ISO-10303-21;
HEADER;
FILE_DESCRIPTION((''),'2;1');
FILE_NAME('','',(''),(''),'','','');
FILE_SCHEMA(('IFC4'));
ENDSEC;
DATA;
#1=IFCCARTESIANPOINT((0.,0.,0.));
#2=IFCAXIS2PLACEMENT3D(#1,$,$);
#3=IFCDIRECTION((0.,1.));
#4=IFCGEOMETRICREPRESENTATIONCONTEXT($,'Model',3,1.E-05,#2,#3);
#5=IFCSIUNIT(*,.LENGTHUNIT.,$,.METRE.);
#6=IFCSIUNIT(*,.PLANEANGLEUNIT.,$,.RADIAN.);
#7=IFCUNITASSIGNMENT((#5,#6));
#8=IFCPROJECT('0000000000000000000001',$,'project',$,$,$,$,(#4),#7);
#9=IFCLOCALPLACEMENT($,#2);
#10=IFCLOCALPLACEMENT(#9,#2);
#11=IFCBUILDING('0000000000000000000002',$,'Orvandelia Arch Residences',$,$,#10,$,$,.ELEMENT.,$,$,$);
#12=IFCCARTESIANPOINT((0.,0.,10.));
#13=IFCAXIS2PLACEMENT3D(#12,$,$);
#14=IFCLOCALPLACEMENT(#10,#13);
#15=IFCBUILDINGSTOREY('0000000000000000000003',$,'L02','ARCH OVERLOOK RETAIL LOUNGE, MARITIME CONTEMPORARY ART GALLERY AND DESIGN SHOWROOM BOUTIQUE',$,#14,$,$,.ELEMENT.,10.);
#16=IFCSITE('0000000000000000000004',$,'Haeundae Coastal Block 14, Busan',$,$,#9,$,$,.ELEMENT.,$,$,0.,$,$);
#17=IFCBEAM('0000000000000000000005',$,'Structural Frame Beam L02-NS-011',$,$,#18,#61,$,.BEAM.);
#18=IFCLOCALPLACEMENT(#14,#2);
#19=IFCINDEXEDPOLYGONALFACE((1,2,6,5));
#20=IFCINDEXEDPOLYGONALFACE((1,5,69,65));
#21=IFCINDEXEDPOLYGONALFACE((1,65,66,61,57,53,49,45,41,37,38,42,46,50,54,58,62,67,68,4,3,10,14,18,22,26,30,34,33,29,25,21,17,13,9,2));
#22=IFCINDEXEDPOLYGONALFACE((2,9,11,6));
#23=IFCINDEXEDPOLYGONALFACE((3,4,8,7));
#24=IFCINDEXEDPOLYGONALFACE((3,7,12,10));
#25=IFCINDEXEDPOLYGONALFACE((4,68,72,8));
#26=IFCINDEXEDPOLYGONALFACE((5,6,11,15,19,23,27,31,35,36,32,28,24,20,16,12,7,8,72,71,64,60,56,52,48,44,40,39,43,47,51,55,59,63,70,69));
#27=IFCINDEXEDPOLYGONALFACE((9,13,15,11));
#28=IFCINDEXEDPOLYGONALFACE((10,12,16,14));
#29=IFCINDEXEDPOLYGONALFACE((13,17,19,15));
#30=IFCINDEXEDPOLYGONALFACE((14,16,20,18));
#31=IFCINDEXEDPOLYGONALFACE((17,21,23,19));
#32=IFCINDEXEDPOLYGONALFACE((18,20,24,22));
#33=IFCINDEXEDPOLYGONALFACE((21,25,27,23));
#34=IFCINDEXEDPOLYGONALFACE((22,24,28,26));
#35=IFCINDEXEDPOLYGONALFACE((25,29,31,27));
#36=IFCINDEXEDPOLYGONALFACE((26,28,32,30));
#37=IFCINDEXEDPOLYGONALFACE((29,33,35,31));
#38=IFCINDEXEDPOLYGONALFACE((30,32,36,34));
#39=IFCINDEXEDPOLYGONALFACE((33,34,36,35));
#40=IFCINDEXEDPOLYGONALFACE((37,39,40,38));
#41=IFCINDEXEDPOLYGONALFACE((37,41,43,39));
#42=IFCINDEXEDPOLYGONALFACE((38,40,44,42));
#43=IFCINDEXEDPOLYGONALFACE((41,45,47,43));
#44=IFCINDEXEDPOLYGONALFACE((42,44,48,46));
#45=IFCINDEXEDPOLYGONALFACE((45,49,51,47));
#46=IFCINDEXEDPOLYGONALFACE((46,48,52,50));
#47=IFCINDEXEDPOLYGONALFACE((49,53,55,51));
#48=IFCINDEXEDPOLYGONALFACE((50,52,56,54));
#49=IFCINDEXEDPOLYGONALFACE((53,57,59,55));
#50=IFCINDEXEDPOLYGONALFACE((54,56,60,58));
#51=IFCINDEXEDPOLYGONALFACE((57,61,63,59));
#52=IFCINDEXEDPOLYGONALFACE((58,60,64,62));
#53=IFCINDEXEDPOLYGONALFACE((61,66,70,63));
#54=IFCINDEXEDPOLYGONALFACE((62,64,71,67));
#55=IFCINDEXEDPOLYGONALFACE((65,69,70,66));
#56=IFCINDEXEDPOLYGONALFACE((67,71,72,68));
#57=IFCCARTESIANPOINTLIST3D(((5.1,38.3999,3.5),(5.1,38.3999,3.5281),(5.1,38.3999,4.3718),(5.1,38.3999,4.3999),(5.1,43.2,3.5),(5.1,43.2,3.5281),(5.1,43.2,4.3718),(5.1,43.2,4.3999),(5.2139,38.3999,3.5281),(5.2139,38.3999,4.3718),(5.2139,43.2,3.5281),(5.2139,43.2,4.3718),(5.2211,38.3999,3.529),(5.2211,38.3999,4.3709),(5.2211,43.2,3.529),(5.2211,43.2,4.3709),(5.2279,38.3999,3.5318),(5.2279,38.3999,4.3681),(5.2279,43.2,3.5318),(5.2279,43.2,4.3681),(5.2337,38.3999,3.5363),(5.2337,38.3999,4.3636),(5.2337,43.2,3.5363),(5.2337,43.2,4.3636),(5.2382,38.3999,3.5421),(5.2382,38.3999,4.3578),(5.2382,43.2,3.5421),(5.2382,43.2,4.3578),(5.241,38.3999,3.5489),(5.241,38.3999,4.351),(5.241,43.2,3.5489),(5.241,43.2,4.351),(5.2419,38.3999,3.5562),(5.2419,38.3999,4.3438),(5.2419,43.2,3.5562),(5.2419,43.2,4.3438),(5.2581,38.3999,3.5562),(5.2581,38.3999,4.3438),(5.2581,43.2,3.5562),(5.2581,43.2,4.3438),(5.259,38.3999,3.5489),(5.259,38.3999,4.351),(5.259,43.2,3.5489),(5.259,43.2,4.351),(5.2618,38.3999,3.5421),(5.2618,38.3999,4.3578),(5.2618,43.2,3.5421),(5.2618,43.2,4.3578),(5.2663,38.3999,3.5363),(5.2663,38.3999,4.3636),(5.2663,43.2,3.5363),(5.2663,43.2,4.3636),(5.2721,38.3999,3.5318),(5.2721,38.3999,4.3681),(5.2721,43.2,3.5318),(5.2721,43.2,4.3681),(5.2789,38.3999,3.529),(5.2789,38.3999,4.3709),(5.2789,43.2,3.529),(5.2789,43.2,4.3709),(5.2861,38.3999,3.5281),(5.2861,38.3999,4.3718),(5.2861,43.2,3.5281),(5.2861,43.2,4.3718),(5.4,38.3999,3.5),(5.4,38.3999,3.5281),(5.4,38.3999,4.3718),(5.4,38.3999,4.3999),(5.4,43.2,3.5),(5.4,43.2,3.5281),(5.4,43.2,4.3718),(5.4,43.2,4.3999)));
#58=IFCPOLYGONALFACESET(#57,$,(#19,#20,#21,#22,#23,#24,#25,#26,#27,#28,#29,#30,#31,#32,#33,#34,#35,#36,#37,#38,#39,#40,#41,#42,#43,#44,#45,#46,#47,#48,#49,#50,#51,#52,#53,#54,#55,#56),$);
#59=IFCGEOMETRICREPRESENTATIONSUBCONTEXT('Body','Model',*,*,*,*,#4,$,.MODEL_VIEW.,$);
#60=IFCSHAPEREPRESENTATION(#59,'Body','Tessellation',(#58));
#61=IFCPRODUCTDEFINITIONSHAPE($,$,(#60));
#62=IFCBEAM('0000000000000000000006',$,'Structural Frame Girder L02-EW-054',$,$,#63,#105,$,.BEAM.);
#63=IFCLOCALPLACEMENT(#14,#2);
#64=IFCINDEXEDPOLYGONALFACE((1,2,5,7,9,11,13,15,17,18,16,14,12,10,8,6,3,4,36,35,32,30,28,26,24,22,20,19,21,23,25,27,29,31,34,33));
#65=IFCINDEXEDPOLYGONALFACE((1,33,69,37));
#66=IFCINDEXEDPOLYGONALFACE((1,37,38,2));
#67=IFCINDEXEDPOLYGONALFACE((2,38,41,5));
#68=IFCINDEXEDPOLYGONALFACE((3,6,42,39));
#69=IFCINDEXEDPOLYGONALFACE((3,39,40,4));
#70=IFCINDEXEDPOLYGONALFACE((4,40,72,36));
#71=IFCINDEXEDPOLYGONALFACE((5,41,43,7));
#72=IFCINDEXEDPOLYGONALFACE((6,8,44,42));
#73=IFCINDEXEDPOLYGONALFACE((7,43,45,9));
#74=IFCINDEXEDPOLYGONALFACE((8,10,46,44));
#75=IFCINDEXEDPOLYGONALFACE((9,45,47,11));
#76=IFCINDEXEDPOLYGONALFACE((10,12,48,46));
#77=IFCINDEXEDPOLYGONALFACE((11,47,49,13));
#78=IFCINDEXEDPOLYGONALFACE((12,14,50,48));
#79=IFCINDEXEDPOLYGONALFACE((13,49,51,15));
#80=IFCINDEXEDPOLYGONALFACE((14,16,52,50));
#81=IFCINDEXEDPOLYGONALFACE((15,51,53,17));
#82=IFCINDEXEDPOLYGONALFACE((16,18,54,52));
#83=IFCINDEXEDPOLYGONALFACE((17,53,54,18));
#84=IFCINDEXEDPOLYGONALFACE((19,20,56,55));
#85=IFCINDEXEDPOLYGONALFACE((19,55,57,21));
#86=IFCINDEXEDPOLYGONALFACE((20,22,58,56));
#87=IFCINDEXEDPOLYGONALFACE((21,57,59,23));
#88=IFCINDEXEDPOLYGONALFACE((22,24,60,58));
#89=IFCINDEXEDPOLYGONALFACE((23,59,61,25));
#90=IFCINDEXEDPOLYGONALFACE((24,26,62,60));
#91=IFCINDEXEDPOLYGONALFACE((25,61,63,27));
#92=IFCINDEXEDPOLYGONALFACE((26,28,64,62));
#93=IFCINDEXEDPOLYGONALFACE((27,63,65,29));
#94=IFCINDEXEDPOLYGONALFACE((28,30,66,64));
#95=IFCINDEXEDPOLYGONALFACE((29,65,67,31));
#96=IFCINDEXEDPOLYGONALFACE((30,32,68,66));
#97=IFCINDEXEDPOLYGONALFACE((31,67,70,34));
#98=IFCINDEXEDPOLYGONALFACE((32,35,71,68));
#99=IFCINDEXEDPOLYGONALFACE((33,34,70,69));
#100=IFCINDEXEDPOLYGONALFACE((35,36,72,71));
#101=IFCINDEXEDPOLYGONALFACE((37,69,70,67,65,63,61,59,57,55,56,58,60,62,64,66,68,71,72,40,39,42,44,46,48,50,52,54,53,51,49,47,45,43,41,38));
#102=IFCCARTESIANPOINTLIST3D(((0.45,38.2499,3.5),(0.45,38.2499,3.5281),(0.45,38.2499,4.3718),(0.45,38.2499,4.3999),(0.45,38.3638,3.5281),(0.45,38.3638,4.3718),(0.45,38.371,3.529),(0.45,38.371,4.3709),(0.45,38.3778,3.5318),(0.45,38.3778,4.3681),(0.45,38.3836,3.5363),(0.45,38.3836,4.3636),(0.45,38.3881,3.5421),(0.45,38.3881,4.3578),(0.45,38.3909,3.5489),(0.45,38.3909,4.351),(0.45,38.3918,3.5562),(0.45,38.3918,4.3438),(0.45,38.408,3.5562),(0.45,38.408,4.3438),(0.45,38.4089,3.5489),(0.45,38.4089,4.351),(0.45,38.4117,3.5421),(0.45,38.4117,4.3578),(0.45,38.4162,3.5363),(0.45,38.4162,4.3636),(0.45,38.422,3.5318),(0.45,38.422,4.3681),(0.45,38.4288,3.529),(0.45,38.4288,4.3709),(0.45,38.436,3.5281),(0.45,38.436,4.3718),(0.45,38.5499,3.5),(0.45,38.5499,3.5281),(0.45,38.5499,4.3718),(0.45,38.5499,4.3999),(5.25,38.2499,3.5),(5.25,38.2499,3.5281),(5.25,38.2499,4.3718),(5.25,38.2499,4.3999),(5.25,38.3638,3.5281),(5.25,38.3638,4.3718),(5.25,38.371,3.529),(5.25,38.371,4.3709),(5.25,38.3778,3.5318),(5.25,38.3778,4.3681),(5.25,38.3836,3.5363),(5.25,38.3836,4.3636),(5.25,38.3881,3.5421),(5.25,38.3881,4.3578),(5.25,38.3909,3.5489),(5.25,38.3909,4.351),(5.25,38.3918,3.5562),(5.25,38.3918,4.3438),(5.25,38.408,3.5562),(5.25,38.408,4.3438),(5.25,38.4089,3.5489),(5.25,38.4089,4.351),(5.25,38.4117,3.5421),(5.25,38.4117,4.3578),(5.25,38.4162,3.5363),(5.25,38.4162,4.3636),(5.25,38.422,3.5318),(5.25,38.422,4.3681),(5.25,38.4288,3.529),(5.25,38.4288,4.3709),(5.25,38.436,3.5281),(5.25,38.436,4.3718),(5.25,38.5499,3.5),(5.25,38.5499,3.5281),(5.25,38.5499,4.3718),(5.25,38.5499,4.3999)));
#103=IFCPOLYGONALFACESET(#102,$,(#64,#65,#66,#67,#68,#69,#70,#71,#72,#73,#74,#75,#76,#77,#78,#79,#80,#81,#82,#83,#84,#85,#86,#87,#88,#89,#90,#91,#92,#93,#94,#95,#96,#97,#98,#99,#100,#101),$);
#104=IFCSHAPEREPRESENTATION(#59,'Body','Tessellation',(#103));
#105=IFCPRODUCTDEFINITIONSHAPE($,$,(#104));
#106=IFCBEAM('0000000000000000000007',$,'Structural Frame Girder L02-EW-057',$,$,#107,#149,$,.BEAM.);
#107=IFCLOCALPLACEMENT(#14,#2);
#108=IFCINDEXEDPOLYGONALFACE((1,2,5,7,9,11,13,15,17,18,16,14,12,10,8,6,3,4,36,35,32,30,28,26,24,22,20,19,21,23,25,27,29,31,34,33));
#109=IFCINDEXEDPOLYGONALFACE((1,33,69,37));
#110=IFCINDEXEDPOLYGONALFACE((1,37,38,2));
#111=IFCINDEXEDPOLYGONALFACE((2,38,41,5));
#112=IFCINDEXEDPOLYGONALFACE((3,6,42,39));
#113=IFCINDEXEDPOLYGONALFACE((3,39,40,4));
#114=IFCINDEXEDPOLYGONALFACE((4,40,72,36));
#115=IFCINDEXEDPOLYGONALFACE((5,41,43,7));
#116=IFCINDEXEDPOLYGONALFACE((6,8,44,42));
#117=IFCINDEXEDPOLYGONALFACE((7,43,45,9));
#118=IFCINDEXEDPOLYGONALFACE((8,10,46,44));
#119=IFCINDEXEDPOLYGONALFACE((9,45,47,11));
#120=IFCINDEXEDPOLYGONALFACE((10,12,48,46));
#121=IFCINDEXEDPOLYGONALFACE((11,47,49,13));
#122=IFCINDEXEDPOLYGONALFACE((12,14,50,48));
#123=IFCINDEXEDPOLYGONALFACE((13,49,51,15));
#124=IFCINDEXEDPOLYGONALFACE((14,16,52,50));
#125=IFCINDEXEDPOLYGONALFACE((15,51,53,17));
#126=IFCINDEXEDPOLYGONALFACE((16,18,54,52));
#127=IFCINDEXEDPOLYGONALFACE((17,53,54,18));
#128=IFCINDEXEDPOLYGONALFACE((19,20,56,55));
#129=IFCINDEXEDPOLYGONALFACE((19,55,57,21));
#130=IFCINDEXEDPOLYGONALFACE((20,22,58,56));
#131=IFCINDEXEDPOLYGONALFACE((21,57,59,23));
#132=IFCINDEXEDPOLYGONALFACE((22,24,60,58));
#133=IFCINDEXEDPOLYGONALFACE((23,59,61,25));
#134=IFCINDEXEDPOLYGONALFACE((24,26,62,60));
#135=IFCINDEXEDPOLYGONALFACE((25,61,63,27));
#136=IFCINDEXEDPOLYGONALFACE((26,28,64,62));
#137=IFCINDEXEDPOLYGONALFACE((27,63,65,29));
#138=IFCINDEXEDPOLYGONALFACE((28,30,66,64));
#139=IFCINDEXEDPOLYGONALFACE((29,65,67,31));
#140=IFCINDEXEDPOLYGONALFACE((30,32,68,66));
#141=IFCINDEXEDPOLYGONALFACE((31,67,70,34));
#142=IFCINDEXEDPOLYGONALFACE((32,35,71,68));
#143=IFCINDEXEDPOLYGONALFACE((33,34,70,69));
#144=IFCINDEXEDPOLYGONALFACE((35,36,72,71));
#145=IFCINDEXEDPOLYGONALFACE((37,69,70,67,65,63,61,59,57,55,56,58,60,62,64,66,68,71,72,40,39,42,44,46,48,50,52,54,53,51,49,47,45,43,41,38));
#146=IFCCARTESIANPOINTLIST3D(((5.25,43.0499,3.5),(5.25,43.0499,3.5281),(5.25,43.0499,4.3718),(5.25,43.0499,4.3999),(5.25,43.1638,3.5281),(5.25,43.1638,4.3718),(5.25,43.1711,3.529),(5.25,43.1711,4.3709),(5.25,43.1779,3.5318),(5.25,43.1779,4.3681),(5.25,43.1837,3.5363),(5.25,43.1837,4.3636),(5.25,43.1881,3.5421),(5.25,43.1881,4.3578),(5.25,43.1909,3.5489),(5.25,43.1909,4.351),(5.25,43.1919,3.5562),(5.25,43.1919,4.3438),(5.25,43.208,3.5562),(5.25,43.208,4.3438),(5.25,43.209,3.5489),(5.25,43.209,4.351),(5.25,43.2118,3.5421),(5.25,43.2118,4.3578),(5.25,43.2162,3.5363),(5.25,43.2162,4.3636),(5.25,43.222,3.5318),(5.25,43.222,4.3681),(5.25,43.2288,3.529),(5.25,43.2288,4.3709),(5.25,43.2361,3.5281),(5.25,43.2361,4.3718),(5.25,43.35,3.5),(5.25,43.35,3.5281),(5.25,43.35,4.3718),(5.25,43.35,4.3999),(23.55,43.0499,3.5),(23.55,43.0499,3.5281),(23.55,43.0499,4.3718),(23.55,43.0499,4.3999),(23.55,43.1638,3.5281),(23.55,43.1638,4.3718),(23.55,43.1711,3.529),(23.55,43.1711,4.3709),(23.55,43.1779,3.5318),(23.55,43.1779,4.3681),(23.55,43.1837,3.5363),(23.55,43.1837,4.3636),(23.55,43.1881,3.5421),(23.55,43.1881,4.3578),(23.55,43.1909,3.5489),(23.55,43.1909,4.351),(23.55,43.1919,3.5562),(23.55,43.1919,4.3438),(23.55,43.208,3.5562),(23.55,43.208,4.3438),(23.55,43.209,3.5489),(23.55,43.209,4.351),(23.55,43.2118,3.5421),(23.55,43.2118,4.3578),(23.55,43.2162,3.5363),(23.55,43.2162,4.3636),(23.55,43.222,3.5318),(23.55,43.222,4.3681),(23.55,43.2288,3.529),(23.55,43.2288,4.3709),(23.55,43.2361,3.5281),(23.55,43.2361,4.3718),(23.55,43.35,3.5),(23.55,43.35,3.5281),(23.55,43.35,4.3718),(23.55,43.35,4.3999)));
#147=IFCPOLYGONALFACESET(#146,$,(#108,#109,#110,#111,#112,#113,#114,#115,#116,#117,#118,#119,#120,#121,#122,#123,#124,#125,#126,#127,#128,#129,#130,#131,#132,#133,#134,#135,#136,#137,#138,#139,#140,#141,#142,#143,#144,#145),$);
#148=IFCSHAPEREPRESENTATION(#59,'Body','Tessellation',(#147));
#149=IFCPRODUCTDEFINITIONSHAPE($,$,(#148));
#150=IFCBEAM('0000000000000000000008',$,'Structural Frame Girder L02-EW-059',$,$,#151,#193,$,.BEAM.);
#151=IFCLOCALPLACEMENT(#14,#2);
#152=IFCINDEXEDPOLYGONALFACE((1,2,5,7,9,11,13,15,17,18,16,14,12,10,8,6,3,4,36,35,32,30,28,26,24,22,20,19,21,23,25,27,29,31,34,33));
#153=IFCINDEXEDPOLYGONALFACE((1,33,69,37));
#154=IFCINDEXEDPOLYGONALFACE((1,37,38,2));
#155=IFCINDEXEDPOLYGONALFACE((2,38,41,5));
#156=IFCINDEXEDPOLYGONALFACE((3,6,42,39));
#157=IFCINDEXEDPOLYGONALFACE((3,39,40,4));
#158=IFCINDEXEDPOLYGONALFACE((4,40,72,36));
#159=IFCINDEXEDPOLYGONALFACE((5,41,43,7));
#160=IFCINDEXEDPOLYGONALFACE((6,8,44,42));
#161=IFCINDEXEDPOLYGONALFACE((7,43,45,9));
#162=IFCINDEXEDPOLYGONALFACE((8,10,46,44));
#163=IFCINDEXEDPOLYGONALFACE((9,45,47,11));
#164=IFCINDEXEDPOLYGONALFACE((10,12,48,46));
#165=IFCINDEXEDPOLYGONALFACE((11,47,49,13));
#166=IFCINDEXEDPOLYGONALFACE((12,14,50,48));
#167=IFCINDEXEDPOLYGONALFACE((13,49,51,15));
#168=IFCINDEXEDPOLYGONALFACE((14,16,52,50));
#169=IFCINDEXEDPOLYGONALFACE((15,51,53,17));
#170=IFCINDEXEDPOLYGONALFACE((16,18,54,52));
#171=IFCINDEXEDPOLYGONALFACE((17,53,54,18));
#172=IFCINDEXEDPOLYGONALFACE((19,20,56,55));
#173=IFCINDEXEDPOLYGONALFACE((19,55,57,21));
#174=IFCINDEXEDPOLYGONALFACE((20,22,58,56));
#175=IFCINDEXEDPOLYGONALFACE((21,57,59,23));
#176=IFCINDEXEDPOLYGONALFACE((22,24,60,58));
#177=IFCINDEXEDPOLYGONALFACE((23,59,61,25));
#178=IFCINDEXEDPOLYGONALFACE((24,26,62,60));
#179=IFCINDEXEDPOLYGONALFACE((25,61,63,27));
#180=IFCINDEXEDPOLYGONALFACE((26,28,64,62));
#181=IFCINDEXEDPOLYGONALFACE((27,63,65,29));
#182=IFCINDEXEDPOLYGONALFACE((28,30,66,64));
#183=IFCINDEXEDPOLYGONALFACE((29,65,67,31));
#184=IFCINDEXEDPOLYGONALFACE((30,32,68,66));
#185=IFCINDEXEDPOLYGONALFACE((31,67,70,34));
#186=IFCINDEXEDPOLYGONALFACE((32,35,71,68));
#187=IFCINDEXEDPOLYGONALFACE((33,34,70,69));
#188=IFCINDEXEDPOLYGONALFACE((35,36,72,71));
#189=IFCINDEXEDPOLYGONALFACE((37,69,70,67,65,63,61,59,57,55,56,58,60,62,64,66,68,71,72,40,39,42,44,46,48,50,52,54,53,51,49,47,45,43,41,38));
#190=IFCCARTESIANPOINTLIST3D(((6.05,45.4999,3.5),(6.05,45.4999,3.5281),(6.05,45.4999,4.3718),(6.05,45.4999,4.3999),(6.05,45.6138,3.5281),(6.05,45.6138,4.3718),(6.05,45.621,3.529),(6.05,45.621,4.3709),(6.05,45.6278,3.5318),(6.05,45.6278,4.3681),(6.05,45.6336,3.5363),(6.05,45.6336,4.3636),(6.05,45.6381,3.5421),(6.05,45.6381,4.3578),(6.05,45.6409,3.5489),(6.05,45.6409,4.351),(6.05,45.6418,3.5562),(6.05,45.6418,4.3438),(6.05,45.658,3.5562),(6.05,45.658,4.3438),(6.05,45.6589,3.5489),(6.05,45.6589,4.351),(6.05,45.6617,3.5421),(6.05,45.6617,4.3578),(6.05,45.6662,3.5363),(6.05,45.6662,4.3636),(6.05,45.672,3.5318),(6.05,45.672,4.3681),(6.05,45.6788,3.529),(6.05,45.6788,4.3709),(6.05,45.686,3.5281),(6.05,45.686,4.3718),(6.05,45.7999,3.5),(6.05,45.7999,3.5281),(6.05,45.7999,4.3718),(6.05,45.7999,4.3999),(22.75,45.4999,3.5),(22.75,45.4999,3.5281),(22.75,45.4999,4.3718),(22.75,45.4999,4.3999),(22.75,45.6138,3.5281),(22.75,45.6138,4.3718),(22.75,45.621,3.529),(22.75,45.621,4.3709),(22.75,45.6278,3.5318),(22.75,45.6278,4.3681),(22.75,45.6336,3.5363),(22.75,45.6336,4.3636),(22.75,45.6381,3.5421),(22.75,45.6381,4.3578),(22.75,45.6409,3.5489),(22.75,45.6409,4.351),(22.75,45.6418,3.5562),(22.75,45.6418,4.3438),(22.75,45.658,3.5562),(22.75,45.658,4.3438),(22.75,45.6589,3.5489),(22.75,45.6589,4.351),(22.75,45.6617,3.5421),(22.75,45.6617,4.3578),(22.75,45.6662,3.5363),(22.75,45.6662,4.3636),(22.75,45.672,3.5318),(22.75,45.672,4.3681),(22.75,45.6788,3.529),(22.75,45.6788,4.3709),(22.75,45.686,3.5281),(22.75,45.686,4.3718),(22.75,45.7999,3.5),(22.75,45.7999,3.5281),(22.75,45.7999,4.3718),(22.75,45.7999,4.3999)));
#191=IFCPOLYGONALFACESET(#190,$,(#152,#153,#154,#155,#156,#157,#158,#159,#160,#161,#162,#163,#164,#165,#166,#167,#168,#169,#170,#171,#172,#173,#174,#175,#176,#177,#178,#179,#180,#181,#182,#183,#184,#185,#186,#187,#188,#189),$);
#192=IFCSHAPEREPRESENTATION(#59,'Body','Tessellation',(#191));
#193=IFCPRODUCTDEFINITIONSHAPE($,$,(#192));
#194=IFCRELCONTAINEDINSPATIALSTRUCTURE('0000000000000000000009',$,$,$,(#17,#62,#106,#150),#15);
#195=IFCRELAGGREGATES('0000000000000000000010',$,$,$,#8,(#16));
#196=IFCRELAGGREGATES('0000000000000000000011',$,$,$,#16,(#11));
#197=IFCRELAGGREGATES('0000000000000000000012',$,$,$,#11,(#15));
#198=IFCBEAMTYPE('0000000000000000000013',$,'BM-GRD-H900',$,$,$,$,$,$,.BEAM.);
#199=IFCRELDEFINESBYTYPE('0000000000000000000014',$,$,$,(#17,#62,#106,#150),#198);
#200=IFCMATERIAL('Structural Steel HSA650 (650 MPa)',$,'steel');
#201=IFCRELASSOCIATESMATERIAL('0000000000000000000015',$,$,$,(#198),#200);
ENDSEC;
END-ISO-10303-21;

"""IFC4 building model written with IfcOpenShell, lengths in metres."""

from ifc_helpers import new_model, si_unit, direction, frame, origin, origin_2d, place, context, subcontext, project, spatial, i_section, extrude, material, material_profile, profile_set, type_object, element, save


model = new_model("IFC4")

# Units and contexts
model_context = context("Model", 3, precision=1e-05, world=origin(), true_north=direction((0.0, 1.0)))
body_context = subcontext(model_context, "Body", "Model", "MODEL_VIEW")
ifc_project = project(units=[si_unit("LENGTHUNIT", "METRE"), si_unit("PLANEANGLEUNIT", "RADIAN")], contexts=[model_context])

# Site, building, storey
site_placement = place(None, origin())
site = spatial("IfcSite", under=ifc_project, at=site_placement, Name="Haeundae Coastal Block 14, Busan", CompositionType="ELEMENT", RefElevation=0.0)
building_placement = place(site_placement, origin())
building = spatial("IfcBuilding", under=site, at=building_placement, Name="Orvandelia Arch Residences", CompositionType="ELEMENT")
storey_placement = place(building_placement, frame((0.0, 0.0, 10.0)))
storey = spatial("IfcBuildingStorey", under=building, at=storey_placement, Name="L02", Description="ARCH OVERLOOK RETAIL LOUNGE, MARITIME CONTEMPORARY ART GALLERY AND DESIGN SHOWROOM BOUTIQUE", CompositionType="ELEMENT", Elevation=10.0)

# Beams
ifc_material_1 = material(Name="Structural Steel HSA650 (650 MPa)", Category="steel")
ifc_material_profile_1 = material_profile(ifc_material_1, i_section(OverallWidth=0.3, OverallDepth=0.8999, WebThickness=0.0161, FlangeThickness=0.0281, FilletRadius=0.0281, at=origin_2d()), Name="Structural Steel HSA650 (650 MPa)", Category="steel")
ifc_profile_set_1 = profile_set([ifc_material_profile_1], Name="Structural Steel HSA650 (650 MPa)")
beam_type = type_object("IfcBeamType", Name="BM-GRD-H900", PredefinedType="BEAM", material=ifc_profile_set_1)
for number, where, z_axis, x_axis, name in (
    (1, (5.25, 38.3999, 3.95), (0.0, 1.0, 0.0), (-1.0, 0.0, 0.0), "Structural Frame Beam L02-NS-011"),
    (2, (0.45, 38.3999, 3.95), (1.0, 0.0, 0.0), (0.0, 1.0, 0.0), "Structural Frame Girder L02-EW-054"),
):
    element("IfcBeam", number, at=place(storey_placement, frame(where, z_axis=z_axis, x_axis=x_axis)), inside=storey, type_object=beam_type, Name=name, PredefinedType="BEAM", context=body_context, shape_type="SweptSolid", body=[
        extrude(i_section(OverallWidth=0.3, OverallDepth=0.8999, WebThickness=0.0161, FlangeThickness=0.0281, FilletRadius=0.0281, at=origin_2d()), origin(), (0.0, 0.0, 1.0), 4.8),
    ])
beam_1_placement = place(storey_placement, frame((5.25, 43.2, 3.95), z_axis=(1.0, 0.0, 0.0), x_axis=(0.0, 1.0, 0.0)))
element("IfcBeam", 3, at=beam_1_placement, inside=storey, type_object=beam_type, Name="Structural Frame Girder L02-EW-057", PredefinedType="BEAM", context=body_context, shape_type="SweptSolid", body=[
    extrude(i_section(OverallWidth=0.3, OverallDepth=0.8999, WebThickness=0.0161, FlangeThickness=0.0281, FilletRadius=0.0281, at=origin_2d()), origin(), (0.0, 0.0, 1.0), 18.3),
])
beam_2_placement = place(storey_placement, frame((6.05, 45.6499, 3.95), z_axis=(1.0, 0.0, 0.0), x_axis=(0.0, 1.0, 0.0)))
element("IfcBeam", 4, at=beam_2_placement, inside=storey, type_object=beam_type, Name="Structural Frame Girder L02-EW-059", PredefinedType="BEAM", context=body_context, shape_type="SweptSolid", body=[
    extrude(i_section(OverallWidth=0.3, OverallDepth=0.8999, WebThickness=0.0161, FlangeThickness=0.0281, FilletRadius=0.0281, at=origin_2d()), origin(), (0.0, 0.0, 1.0), 16.7),
])

save(model, "model.ifc")
